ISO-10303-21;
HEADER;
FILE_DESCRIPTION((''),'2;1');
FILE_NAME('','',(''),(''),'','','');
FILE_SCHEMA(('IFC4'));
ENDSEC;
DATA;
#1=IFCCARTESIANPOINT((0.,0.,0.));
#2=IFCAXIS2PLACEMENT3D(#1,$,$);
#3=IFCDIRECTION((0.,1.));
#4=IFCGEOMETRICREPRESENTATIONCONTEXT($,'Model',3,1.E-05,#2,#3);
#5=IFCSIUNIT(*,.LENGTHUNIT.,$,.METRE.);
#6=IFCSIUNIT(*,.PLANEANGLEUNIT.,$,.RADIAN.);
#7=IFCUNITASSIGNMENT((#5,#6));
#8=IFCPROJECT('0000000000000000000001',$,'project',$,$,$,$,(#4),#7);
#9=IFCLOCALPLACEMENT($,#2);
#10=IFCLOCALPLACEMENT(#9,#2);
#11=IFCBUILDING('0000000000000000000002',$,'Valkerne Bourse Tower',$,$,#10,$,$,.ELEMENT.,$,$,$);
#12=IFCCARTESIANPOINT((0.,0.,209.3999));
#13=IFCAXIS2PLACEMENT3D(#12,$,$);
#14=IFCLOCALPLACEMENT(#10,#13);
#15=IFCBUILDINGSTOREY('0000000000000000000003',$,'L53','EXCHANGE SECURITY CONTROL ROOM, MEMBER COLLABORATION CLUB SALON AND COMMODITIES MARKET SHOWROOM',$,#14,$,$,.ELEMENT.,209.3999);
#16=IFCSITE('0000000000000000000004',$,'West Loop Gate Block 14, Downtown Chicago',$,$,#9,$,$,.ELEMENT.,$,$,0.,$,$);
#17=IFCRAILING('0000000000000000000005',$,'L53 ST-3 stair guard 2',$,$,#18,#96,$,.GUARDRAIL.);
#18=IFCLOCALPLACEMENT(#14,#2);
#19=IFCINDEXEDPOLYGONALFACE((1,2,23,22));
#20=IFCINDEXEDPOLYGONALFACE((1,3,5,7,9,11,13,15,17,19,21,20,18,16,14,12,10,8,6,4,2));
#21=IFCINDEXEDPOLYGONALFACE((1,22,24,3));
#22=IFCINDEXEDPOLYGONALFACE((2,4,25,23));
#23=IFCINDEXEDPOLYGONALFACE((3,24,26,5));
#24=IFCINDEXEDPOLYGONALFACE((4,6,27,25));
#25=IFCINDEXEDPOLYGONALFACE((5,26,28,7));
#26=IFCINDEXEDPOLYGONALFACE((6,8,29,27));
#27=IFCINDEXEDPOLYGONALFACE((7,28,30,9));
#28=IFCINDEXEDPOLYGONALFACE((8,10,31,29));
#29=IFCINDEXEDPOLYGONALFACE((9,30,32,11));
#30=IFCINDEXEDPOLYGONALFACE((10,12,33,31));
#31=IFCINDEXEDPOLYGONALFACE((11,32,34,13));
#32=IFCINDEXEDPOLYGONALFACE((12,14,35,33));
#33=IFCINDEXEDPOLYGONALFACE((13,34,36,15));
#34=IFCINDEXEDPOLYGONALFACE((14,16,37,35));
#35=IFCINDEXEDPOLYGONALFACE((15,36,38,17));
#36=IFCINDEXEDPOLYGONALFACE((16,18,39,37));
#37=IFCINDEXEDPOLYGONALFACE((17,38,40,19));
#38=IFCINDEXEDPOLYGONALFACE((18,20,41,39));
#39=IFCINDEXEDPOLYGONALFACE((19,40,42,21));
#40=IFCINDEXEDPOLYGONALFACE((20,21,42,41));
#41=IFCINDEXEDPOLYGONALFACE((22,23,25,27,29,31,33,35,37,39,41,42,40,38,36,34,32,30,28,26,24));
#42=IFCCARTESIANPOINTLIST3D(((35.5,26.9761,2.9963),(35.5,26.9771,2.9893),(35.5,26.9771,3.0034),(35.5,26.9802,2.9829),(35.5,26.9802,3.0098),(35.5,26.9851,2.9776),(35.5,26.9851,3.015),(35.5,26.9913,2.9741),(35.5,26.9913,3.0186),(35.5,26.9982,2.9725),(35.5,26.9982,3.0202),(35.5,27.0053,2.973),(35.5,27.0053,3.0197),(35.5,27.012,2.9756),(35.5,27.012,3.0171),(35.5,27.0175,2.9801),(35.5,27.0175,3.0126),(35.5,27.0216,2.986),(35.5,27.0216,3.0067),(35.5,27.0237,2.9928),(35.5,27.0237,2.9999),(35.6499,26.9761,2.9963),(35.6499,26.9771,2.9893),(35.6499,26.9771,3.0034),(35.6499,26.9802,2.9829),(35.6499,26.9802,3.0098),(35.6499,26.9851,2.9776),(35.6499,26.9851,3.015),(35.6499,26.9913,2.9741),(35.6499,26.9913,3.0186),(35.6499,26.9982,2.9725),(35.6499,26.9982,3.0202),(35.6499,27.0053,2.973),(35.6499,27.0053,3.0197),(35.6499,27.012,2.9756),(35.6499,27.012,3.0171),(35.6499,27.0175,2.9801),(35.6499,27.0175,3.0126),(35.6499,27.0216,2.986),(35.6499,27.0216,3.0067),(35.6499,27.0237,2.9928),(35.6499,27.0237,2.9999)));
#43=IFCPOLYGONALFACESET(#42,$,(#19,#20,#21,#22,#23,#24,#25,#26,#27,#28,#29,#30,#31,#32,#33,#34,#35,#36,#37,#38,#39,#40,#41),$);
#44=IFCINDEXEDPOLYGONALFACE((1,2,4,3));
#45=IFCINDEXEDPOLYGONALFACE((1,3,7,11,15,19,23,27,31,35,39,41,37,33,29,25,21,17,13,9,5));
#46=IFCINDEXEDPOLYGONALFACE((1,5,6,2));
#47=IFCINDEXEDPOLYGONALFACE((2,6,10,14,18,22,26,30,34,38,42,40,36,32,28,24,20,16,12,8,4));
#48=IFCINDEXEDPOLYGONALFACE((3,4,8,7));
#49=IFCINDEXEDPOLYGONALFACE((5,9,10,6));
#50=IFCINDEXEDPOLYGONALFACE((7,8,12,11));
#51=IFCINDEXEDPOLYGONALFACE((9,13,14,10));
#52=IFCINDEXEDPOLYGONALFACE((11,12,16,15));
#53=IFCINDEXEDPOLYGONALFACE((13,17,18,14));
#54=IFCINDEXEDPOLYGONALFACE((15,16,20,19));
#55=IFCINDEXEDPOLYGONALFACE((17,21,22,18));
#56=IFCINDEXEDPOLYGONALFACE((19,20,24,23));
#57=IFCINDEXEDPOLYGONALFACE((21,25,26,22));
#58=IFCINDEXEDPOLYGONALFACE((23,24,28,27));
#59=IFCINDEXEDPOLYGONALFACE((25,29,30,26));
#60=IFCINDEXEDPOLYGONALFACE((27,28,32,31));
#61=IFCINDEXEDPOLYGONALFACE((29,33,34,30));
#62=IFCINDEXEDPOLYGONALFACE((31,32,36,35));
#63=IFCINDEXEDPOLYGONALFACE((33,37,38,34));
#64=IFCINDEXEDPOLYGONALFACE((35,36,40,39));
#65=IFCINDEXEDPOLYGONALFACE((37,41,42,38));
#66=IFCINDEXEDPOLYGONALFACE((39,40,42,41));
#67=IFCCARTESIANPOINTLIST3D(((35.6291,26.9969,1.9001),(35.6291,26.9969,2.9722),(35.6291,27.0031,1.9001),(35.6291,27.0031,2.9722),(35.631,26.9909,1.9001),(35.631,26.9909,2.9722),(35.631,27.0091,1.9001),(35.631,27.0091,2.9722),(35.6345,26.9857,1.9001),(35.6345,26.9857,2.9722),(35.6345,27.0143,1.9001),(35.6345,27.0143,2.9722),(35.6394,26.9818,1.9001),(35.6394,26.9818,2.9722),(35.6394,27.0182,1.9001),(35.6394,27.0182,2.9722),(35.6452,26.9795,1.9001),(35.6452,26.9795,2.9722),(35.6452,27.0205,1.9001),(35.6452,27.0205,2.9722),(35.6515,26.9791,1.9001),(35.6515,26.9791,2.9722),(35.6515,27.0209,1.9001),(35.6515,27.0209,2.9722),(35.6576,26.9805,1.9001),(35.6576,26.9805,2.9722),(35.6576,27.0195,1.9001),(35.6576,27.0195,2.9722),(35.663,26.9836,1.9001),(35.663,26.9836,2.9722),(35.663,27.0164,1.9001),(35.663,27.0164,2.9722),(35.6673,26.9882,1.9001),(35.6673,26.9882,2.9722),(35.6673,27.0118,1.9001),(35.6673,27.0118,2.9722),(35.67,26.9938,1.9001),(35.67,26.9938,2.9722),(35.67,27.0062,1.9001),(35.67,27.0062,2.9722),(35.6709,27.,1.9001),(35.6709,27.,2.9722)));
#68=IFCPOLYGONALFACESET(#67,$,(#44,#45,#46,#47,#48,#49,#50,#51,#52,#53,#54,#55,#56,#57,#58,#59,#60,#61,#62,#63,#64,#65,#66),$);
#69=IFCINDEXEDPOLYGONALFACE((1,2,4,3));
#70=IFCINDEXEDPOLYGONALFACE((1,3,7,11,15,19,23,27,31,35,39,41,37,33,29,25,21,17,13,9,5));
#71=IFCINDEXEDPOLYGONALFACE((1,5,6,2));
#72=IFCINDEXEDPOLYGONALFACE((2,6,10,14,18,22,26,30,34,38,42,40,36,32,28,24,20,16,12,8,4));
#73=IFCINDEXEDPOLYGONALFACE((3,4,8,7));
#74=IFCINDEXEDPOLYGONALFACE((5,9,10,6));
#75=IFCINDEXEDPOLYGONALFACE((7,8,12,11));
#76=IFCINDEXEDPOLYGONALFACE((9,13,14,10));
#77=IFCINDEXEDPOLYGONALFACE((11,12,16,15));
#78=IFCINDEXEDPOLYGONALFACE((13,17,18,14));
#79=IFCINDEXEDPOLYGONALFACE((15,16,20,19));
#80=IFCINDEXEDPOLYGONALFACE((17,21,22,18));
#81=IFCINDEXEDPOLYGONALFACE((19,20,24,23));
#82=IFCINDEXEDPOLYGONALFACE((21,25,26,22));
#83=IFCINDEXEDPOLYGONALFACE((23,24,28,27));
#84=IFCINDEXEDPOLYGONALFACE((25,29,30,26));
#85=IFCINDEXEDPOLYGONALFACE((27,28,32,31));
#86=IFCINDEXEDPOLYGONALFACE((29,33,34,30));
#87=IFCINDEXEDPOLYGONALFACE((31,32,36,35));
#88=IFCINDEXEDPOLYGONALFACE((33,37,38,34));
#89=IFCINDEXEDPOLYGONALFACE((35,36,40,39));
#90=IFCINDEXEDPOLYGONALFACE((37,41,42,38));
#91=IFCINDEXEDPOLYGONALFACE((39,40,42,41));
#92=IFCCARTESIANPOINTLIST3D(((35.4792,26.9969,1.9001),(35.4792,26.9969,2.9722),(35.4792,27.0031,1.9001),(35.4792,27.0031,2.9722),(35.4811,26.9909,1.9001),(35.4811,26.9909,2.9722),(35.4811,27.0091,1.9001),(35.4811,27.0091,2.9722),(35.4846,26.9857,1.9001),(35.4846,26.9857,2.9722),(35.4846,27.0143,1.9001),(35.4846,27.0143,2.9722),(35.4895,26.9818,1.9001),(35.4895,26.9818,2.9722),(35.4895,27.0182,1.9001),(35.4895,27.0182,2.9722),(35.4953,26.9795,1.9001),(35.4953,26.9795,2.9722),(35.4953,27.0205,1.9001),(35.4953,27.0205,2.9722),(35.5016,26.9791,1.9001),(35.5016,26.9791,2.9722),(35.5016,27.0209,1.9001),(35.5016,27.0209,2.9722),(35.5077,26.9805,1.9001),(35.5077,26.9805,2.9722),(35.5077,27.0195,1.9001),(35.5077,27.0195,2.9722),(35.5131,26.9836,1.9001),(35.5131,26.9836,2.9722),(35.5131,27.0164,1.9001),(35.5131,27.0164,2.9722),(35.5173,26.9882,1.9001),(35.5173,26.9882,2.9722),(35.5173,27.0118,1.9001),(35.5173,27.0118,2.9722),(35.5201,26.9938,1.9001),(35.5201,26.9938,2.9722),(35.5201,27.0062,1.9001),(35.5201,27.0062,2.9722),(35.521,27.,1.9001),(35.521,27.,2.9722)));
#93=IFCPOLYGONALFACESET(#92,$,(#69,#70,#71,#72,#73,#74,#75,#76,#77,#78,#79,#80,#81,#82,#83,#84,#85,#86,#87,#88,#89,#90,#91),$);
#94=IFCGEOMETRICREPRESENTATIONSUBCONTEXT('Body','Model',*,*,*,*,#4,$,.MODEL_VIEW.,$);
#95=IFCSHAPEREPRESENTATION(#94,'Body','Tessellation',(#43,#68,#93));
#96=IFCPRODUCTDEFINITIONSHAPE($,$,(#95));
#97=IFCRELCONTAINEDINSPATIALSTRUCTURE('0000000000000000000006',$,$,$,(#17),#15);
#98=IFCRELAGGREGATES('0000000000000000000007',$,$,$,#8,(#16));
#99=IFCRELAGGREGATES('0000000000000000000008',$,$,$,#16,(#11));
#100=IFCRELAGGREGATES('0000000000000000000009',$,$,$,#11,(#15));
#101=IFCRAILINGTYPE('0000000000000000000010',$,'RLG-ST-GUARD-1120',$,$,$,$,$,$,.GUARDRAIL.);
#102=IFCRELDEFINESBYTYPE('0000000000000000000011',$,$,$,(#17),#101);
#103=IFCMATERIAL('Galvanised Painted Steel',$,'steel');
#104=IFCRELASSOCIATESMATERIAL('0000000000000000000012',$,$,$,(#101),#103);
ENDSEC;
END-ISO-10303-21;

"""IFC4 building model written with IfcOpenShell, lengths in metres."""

from ifc_helpers import new_model, si_unit, direction, frame, origin, origin_2d, place, context, subcontext, project, spatial, circle, extrude, material, type_object, element, save


model = new_model("IFC4")

# Units and contexts
model_context = context("Model", 3, precision=1e-05, world=origin(), true_north=direction((0.0, 1.0)))
body_context = subcontext(model_context, "Body", "Model", "MODEL_VIEW")
ifc_project = project(units=[si_unit("LENGTHUNIT", "METRE"), si_unit("PLANEANGLEUNIT", "RADIAN")], contexts=[model_context])

# Site, building, storey
site_placement = place(None, origin())
site = spatial("IfcSite", under=ifc_project, at=site_placement, Name="West Loop Gate Block 14, Downtown Chicago", CompositionType="ELEMENT", RefElevation=0.0)
building_placement = place(site_placement, origin())
building = spatial("IfcBuilding", under=site, at=building_placement, Name="Valkerne Bourse Tower", CompositionType="ELEMENT")
storey_placement = place(building_placement, frame((0.0, 0.0, 209.3999)))
storey = spatial("IfcBuildingStorey", under=building, at=storey_placement, Name="L53", Description="EXCHANGE SECURITY CONTROL ROOM, MEMBER COLLABORATION CLUB SALON AND COMMODITIES MARKET SHOWROOM", CompositionType="ELEMENT", Elevation=209.3999)

# Railing
ifc_material_1 = material(Name="Galvanised Painted Steel", Category="steel")
railing_type_1 = type_object("IfcRailingType", Name="RLG-ST-GUARD-1120", PredefinedType="GUARDRAIL", material=ifc_material_1)
railing_1_placement = place(storey_placement, frame((35.6499, 27.0, 1.9001)))
element("IfcRailing", 1, at=railing_1_placement, inside=storey, type_object=railing_type_1, Name="L53 ST-3 stair guard 2", PredefinedType="GUARDRAIL", context=body_context, shape_type="SweptSolid", body=[
    extrude(circle(Radius=0.0239, at=origin_2d()), frame((0.0, 0.0, 1.0962), z_axis=(-1.0, 0.0, 0.0), x_axis=(0.0, -1.0, 0.0)), (0.0, 0.0, 1.0), 0.1499),
    extrude(circle(Radius=0.021, at=origin_2d()), origin(), (0.0, 0.0, 1.0), 1.072),
    extrude(circle(Radius=0.021, at=origin_2d()), frame((-0.1499, 0.0, 0.0)), (0.0, 0.0, 1.0), 1.072),
])

save(model, "model.ifc")
